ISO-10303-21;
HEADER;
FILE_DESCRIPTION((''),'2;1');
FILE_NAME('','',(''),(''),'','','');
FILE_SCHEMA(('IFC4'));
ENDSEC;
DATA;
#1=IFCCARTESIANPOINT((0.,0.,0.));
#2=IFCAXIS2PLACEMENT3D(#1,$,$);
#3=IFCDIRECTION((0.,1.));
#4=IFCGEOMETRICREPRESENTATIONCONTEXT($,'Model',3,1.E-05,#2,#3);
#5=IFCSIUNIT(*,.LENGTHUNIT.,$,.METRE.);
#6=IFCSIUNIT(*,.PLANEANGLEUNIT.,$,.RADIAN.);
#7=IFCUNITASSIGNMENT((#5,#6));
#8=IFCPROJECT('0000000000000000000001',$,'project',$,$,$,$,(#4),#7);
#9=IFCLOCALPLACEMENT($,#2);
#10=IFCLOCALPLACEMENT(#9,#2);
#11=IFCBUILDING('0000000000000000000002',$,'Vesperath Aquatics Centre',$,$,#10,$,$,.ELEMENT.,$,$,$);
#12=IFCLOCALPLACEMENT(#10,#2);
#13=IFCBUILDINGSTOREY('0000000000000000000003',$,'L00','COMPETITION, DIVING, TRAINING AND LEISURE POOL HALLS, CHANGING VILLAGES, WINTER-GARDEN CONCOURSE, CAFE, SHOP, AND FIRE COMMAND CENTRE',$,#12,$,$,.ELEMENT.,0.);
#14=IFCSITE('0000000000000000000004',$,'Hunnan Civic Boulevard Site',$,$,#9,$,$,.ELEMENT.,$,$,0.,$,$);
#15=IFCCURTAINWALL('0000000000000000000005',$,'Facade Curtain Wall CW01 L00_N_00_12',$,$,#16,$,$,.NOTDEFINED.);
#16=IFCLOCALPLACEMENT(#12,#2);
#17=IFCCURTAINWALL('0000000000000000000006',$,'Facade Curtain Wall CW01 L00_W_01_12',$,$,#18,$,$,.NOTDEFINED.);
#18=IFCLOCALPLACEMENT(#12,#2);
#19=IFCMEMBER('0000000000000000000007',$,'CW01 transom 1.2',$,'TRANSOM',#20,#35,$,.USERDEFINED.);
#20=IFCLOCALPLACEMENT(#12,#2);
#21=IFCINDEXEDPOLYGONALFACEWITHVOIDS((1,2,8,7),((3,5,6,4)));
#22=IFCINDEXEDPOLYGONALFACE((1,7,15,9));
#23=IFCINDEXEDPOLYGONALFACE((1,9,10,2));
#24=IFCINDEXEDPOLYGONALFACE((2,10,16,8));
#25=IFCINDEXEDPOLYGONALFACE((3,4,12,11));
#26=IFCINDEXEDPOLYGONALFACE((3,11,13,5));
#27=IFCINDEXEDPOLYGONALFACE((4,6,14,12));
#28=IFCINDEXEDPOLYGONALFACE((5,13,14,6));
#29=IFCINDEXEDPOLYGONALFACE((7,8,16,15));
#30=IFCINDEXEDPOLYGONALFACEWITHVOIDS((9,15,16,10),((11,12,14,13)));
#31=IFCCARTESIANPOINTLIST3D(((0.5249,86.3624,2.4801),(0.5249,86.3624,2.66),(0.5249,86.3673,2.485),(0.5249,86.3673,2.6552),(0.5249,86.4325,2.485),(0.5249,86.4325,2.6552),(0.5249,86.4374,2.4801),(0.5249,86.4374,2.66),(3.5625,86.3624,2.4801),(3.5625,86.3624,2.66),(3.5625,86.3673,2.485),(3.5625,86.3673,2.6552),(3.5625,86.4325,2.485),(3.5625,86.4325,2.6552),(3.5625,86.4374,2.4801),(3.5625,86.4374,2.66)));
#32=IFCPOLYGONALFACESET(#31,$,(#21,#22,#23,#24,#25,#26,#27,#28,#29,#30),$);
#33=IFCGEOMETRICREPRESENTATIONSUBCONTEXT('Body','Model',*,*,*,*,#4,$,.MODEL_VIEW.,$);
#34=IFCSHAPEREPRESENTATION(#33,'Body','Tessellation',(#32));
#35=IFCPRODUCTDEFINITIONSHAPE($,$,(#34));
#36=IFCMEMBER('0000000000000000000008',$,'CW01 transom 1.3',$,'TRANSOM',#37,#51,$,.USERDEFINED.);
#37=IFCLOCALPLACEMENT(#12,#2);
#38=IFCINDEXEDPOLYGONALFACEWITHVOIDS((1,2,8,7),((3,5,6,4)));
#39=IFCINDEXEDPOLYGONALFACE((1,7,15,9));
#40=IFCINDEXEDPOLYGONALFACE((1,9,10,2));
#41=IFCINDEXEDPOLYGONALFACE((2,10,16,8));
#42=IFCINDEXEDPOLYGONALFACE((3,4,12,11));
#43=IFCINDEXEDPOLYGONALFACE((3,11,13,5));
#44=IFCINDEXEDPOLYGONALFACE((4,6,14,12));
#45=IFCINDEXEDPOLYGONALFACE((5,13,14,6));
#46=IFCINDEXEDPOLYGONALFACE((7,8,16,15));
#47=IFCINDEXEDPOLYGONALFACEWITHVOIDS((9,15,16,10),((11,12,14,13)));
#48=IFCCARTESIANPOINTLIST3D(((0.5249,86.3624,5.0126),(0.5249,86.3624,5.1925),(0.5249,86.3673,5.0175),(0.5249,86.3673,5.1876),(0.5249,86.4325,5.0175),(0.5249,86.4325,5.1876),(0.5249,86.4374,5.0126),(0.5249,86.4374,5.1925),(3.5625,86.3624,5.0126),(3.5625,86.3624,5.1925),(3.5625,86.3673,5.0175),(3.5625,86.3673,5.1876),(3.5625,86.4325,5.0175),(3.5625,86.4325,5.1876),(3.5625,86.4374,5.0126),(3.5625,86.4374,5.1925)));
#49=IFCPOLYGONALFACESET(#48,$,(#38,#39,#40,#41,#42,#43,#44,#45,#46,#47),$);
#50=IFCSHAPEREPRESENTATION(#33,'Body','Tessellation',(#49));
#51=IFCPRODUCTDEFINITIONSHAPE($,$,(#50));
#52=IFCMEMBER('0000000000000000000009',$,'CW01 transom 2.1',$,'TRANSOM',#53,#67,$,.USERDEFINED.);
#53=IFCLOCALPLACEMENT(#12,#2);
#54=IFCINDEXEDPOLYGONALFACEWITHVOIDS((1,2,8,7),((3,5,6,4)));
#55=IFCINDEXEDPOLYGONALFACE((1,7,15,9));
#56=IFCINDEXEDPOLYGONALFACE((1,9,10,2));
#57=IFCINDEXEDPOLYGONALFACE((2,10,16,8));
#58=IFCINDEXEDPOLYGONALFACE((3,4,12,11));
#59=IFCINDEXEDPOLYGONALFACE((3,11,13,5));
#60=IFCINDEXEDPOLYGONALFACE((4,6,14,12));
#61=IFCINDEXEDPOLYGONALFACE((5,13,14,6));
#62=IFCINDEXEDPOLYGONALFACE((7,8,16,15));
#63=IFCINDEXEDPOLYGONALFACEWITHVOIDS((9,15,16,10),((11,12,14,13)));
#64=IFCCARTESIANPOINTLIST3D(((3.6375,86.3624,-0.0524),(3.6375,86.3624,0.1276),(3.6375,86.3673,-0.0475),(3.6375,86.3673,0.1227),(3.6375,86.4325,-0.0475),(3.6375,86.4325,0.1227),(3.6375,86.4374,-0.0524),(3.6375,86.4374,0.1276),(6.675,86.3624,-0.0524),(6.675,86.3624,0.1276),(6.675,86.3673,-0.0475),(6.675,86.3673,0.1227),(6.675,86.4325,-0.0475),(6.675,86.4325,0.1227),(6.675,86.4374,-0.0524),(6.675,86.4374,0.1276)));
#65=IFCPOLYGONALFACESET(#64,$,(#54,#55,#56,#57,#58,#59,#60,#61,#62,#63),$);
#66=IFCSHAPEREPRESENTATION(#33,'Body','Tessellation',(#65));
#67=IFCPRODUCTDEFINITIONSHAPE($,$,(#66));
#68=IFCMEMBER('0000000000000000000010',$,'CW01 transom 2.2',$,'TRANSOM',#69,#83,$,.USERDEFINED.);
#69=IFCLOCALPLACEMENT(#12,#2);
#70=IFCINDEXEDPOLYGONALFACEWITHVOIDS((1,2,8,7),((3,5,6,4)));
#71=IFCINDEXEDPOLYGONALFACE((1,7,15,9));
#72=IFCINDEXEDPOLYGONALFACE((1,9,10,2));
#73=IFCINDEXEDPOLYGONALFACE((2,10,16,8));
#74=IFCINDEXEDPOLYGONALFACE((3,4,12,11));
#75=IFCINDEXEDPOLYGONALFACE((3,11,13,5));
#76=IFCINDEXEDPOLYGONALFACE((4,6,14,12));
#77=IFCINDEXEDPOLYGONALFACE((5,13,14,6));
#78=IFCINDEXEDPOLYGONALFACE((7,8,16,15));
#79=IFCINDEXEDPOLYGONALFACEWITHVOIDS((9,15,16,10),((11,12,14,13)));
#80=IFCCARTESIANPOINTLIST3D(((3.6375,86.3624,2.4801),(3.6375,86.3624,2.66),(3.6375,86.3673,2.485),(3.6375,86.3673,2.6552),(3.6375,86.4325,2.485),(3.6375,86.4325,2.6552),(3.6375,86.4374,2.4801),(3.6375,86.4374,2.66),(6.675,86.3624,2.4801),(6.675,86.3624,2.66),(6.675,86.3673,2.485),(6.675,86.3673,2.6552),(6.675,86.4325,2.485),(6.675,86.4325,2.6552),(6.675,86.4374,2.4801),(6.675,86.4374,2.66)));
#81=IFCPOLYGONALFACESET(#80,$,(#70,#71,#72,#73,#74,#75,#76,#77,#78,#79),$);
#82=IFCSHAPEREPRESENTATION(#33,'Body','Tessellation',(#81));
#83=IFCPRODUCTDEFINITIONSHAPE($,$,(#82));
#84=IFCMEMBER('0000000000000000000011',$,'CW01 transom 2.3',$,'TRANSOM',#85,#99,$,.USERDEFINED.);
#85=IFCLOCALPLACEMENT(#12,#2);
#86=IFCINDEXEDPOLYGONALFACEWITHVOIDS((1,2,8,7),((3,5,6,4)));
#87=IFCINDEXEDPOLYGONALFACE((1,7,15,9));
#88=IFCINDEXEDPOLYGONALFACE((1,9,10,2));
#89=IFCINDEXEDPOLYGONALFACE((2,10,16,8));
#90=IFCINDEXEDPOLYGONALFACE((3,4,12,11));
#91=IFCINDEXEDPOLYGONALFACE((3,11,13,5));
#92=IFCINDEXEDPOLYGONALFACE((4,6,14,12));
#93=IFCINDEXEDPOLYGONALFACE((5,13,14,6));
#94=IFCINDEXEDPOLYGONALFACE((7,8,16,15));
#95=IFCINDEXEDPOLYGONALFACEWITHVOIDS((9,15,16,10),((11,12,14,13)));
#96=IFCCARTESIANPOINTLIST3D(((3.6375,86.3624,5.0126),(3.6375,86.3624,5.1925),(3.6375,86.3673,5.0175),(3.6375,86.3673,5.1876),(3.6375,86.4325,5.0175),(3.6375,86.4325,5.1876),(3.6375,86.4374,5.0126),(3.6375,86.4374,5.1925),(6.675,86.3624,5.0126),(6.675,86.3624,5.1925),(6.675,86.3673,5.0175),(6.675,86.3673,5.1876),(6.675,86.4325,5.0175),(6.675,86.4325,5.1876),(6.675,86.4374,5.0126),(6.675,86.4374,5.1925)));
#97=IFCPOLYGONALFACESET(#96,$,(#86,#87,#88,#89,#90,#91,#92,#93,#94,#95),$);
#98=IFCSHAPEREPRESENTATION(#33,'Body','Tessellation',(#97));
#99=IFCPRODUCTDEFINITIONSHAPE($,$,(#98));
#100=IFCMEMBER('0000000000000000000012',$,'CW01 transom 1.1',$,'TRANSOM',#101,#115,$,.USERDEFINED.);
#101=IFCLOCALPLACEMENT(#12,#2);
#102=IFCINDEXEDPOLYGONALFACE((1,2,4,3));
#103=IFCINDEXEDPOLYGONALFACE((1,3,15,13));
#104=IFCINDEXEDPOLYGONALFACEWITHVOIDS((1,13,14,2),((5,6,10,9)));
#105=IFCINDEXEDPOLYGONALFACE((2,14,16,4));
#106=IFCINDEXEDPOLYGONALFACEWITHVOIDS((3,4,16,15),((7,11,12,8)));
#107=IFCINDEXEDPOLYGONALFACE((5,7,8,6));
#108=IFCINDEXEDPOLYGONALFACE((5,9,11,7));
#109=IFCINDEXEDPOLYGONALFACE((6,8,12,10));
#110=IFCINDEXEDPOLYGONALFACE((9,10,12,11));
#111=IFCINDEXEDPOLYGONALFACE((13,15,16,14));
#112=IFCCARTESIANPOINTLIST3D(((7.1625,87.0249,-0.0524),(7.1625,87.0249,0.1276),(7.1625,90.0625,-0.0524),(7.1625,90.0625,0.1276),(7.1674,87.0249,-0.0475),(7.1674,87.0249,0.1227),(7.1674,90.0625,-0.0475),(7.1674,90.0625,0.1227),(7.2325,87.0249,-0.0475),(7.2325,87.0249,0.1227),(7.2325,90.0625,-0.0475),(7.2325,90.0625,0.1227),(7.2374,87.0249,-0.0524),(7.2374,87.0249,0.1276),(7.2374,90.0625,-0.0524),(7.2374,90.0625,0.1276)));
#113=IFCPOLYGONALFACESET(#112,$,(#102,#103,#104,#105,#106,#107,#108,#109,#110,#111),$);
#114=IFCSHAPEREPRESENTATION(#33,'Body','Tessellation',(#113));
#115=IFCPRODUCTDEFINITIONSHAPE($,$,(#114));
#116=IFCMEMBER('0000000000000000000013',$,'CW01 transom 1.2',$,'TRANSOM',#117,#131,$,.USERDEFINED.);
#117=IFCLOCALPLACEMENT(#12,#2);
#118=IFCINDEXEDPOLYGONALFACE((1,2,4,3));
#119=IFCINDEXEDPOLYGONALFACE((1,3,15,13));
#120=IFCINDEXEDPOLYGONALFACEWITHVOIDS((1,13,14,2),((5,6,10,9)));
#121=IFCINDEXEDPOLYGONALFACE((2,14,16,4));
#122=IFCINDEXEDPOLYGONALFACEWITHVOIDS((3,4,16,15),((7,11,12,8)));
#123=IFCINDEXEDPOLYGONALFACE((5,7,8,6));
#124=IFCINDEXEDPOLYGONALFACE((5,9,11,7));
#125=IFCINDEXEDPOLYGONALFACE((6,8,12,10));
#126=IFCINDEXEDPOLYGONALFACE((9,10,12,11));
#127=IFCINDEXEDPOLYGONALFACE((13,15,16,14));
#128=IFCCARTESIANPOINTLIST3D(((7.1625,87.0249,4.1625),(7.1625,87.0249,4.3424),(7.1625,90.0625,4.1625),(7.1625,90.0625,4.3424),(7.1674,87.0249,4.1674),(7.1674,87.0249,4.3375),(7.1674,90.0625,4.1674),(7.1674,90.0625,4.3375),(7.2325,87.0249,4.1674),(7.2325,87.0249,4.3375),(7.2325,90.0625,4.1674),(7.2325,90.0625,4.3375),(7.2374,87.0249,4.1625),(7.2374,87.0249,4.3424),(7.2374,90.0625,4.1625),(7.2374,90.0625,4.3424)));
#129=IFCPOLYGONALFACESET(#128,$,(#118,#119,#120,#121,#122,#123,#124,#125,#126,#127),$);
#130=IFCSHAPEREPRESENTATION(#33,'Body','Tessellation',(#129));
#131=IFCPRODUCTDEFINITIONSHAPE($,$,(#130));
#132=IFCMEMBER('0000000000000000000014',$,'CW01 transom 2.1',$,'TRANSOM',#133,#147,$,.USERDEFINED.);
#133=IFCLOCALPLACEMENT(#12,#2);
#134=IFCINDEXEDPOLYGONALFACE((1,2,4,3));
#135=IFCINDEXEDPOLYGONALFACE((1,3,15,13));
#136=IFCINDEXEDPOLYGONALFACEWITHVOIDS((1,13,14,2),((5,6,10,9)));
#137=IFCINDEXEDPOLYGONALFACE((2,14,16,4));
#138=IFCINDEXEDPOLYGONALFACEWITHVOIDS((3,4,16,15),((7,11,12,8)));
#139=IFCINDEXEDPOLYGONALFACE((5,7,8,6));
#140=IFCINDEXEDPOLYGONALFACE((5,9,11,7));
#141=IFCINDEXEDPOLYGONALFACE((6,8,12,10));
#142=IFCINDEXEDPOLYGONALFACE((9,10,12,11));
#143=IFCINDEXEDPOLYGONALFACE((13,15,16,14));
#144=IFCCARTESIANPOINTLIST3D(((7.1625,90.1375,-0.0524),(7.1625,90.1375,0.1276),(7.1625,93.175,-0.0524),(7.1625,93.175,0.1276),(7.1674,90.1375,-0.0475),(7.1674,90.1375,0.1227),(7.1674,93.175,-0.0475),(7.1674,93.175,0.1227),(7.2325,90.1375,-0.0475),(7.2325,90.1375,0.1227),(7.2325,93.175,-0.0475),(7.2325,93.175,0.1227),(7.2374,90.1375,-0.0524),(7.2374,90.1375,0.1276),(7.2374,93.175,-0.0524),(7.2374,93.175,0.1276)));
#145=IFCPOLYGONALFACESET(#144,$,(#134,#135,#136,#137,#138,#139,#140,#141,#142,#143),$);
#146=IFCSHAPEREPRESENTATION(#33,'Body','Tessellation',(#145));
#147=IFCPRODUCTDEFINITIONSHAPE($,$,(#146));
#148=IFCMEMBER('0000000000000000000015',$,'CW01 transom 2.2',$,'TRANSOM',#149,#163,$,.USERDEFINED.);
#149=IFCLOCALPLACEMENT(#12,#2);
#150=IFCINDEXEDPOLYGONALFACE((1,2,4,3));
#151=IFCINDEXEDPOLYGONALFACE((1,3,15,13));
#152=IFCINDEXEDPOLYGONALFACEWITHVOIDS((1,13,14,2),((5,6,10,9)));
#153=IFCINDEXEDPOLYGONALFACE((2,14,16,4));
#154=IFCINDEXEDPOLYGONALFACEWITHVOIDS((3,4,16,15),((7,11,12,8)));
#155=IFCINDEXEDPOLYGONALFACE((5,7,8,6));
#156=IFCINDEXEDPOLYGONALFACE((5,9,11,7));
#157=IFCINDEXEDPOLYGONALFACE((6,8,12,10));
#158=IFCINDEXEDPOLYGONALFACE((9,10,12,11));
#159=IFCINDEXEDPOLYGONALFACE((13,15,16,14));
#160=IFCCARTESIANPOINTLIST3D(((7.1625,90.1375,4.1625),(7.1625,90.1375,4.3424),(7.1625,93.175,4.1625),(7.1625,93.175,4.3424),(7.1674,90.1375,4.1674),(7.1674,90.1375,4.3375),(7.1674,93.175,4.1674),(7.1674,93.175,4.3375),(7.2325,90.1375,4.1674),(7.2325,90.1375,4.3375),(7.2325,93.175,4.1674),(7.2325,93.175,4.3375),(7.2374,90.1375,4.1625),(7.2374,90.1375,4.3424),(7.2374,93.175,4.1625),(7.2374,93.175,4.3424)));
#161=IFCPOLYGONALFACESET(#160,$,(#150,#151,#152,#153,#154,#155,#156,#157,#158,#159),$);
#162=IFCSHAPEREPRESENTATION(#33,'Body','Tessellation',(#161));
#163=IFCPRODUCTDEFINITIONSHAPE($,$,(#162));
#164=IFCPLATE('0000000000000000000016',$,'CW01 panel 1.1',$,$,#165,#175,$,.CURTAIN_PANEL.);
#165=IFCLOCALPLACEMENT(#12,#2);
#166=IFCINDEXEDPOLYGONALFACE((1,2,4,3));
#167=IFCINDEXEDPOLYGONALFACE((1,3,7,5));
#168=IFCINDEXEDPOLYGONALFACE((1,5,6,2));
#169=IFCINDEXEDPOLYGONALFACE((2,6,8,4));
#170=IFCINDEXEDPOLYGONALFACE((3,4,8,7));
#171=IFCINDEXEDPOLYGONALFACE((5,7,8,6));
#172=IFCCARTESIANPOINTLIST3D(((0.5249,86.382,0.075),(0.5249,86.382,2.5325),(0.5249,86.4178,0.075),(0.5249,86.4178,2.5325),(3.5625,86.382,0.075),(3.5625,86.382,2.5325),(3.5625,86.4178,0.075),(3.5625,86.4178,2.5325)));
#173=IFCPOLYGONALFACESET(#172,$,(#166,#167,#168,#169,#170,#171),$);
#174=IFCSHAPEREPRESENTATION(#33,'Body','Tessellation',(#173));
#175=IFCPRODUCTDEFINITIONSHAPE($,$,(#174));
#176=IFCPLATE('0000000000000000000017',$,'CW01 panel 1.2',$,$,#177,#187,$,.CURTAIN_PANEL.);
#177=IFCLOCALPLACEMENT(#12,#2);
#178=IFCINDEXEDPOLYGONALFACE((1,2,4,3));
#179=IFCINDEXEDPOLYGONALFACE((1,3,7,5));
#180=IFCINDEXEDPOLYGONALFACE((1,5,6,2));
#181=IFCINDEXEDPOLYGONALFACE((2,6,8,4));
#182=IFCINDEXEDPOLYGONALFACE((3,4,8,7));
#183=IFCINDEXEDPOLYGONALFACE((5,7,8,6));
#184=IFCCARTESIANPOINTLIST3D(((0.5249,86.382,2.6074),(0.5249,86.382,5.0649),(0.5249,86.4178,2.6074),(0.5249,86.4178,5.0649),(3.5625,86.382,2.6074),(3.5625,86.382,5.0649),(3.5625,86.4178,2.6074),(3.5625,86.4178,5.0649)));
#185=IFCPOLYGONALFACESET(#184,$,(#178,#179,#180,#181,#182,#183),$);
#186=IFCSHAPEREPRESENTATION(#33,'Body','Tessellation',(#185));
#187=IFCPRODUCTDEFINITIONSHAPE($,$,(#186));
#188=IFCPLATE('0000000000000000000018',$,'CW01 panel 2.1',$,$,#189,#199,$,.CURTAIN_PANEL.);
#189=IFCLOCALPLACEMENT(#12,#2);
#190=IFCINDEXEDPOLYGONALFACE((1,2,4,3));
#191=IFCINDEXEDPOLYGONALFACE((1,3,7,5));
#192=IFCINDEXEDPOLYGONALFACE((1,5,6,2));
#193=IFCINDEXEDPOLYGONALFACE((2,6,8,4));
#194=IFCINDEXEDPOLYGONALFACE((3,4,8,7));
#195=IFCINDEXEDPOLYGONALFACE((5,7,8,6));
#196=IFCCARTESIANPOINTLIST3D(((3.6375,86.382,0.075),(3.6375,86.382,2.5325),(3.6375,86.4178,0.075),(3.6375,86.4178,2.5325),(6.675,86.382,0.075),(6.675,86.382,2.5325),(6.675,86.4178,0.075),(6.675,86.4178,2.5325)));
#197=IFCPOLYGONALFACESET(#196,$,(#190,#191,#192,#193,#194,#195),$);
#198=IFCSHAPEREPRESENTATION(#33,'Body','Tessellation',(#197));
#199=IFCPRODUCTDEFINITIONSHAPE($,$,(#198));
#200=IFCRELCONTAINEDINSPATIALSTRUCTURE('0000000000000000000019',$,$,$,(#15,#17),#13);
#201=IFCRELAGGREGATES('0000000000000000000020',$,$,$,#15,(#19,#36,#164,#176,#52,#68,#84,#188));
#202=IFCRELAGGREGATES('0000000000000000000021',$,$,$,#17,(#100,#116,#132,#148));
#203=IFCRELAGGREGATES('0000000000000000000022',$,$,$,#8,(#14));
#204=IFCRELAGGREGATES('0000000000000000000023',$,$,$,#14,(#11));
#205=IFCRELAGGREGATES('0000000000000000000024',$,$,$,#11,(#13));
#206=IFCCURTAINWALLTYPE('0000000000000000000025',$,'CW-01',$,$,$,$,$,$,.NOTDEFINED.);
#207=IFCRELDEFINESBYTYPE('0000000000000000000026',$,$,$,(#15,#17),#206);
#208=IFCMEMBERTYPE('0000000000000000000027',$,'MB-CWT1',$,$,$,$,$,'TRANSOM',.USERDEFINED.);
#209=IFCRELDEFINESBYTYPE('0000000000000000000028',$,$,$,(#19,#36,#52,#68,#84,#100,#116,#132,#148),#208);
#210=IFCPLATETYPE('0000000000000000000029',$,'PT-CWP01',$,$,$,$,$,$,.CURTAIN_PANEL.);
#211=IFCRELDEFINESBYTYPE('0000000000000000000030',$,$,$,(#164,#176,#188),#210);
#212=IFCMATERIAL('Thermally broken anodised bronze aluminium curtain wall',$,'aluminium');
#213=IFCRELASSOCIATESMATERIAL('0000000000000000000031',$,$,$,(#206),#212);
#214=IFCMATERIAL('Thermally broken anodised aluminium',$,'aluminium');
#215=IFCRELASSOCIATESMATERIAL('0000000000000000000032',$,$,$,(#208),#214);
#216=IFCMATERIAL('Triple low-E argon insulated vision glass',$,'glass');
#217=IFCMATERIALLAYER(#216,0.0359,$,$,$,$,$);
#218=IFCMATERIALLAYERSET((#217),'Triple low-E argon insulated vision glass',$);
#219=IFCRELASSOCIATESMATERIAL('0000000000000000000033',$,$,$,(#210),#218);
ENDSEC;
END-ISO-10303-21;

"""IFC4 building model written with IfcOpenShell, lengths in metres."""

from ifc_helpers import new_model, si_unit, direction, frame, origin, origin_2d, place, context, subcontext, project, spatial, rectangle, hollow_rectangle, extrude, material, layer, layer_set, material_profile, profile_set, type_object, element, aggregate, save


model = new_model("IFC4")

# Units and contexts
model_context = context("Model", 3, precision=1e-05, world=origin(), true_north=direction((0.0, 1.0)))
body_context = subcontext(model_context, "Body", "Model", "MODEL_VIEW")
ifc_project = project(units=[si_unit("LENGTHUNIT", "METRE"), si_unit("PLANEANGLEUNIT", "RADIAN")], contexts=[model_context])

# Site, building, storey
site_placement = place(None, origin())
site = spatial("IfcSite", under=ifc_project, at=site_placement, Name="Hunnan Civic Boulevard Site", CompositionType="ELEMENT", RefElevation=0.0)
building_placement = place(site_placement, origin())
building = spatial("IfcBuilding", under=site, at=building_placement, Name="Vesperath Aquatics Centre", CompositionType="ELEMENT")
storey_placement = place(building_placement, origin())
storey = spatial("IfcBuildingStorey", under=building, at=storey_placement, Name="L00", Description="COMPETITION, DIVING, TRAINING AND LEISURE POOL HALLS, CHANGING VILLAGES, WINTER-GARDEN CONCOURSE, CAFE, SHOP, AND FIRE COMMAND CENTRE", CompositionType="ELEMENT", Elevation=0.0)

# Curtain walls
ifc_material_1 = material(Name="Thermally broken anodised bronze aluminium curtain wall", Category="aluminium")
curtain_wall_type = type_object("IfcCurtainWallType", Name="CW-01", PredefinedType="NOTDEFINED", material=ifc_material_1)
curtain_wall_1_placement = place(storey_placement, origin())
curtain_wall_1 = element("IfcCurtainWall", 1, at=curtain_wall_1_placement, inside=storey, type_object=curtain_wall_type, Name="Facade Curtain Wall CW01 L00_N_00_12", PredefinedType="NOTDEFINED")
ifc_material_2 = material(Name="Thermally broken anodised aluminium", Category="aluminium")
curtain_wall_2_placement = place(storey_placement, origin())
curtain_wall_2 = element("IfcCurtainWall", 2, at=curtain_wall_2_placement, inside=storey, type_object=curtain_wall_type, Name="Facade Curtain Wall CW01 L00_W_01_12", PredefinedType="NOTDEFINED")

# Members
ifc_material_profile_1 = material_profile(ifc_material_2, hollow_rectangle(XDim=0.075, YDim=0.1799, WallThickness=0.0049, at=origin_2d()), Name="CWT 75x180x5")
ifc_profile_set_1 = profile_set([ifc_material_profile_1], Name="Thermally broken anodised aluminium")
member_type_1 = type_object("IfcMemberType", Name="MB-CWT1", ElementType="TRANSOM", PredefinedType="USERDEFINED", material=ifc_profile_set_1)
member_1_placement = place(storey_placement, frame((0.5249, 86.3999, 2.5701), z_axis=(1.0, 0.0, 0.0), x_axis=(0.0, 1.0, 0.0)))
member_1 = element("IfcMember", 3, at=member_1_placement, type_object=member_type_1, Name="CW01 transom 1.2", ObjectType="TRANSOM", PredefinedType="USERDEFINED", context=body_context, shape_type="SweptSolid", body=[
    extrude(hollow_rectangle(XDim=0.075, YDim=0.1799, WallThickness=0.0049, at=origin_2d()), origin(), (0.0, 0.0, 1.0), 3.0376),
])
member_2_placement = place(storey_placement, frame((0.5249, 86.3999, 5.1025), z_axis=(1.0, 0.0, 0.0), x_axis=(0.0, 1.0, 0.0)))
member_2 = element("IfcMember", 4, at=member_2_placement, type_object=member_type_1, Name="CW01 transom 1.3", ObjectType="TRANSOM", PredefinedType="USERDEFINED", context=body_context, shape_type="SweptSolid", body=[
    extrude(hollow_rectangle(XDim=0.075, YDim=0.1799, WallThickness=0.0049, at=origin_2d()), origin(), (0.0, 0.0, 1.0), 3.0376),
])
member_3_placement = place(storey_placement, frame((3.6375, 86.3999, 0.0376), z_axis=(1.0, 0.0, 0.0), x_axis=(0.0, 1.0, 0.0)))
member_3 = element("IfcMember", 5, at=member_3_placement, type_object=member_type_1, Name="CW01 transom 2.1", ObjectType="TRANSOM", PredefinedType="USERDEFINED", context=body_context, shape_type="SweptSolid", body=[
    extrude(hollow_rectangle(XDim=0.075, YDim=0.1799, WallThickness=0.0049, at=origin_2d()), origin(), (0.0, 0.0, 1.0), 3.0376),
])
member_4_placement = place(storey_placement, frame((3.6375, 86.3999, 2.5701), z_axis=(1.0, 0.0, 0.0), x_axis=(0.0, 1.0, 0.0)))
member_4 = element("IfcMember", 6, at=member_4_placement, type_object=member_type_1, Name="CW01 transom 2.2", ObjectType="TRANSOM", PredefinedType="USERDEFINED", context=body_context, shape_type="SweptSolid", body=[
    extrude(hollow_rectangle(XDim=0.075, YDim=0.1799, WallThickness=0.0049, at=origin_2d()), origin(), (0.0, 0.0, 1.0), 3.0376),
])
member_5_placement = place(storey_placement, frame((3.6375, 86.3999, 5.1025), z_axis=(1.0, 0.0, 0.0), x_axis=(0.0, 1.0, 0.0)))
member_5 = element("IfcMember", 7, at=member_5_placement, type_object=member_type_1, Name="CW01 transom 2.3", ObjectType="TRANSOM", PredefinedType="USERDEFINED", context=body_context, shape_type="SweptSolid", body=[
    extrude(hollow_rectangle(XDim=0.075, YDim=0.1799, WallThickness=0.0049, at=origin_2d()), origin(), (0.0, 0.0, 1.0), 3.0376),
])
member_6_placement = place(storey_placement, frame((7.2, 87.0249, 0.0376), z_axis=(0.0, 1.0, 0.0), x_axis=(-1.0, 0.0, 0.0)))
member_6 = element("IfcMember", 8, at=member_6_placement, type_object=member_type_1, Name="CW01 transom 1.1", ObjectType="TRANSOM", PredefinedType="USERDEFINED", context=body_context, shape_type="SweptSolid", body=[
    extrude(hollow_rectangle(XDim=0.075, YDim=0.1799, WallThickness=0.0049, at=origin_2d()), origin(), (0.0, 0.0, 1.0), 3.0376),
])
member_7_placement = place(storey_placement, frame((7.2, 87.0249, 4.2524), z_axis=(0.0, 1.0, 0.0), x_axis=(-1.0, 0.0, 0.0)))
member_7 = element("IfcMember", 9, at=member_7_placement, type_object=member_type_1, Name="CW01 transom 1.2", ObjectType="TRANSOM", PredefinedType="USERDEFINED", context=body_context, shape_type="SweptSolid", body=[
    extrude(hollow_rectangle(XDim=0.075, YDim=0.1799, WallThickness=0.0049, at=origin_2d()), origin(), (0.0, 0.0, 1.0), 3.0376),
])
member_8_placement = place(storey_placement, frame((7.2, 90.1375, 0.0376), z_axis=(0.0, 1.0, 0.0), x_axis=(-1.0, 0.0, 0.0)))
member_8 = element("IfcMember", 10, at=member_8_placement, type_object=member_type_1, Name="CW01 transom 2.1", ObjectType="TRANSOM", PredefinedType="USERDEFINED", context=body_context, shape_type="SweptSolid", body=[
    extrude(hollow_rectangle(XDim=0.075, YDim=0.1799, WallThickness=0.0049, at=origin_2d()), origin(), (0.0, 0.0, 1.0), 3.0376),
])
member_9_placement = place(storey_placement, frame((7.2, 90.1375, 4.2524), z_axis=(0.0, 1.0, 0.0), x_axis=(-1.0, 0.0, 0.0)))
member_9 = element("IfcMember", 11, at=member_9_placement, type_object=member_type_1, Name="CW01 transom 2.2", ObjectType="TRANSOM", PredefinedType="USERDEFINED", context=body_context, shape_type="SweptSolid", body=[
    extrude(hollow_rectangle(XDim=0.075, YDim=0.1799, WallThickness=0.0049, at=origin_2d()), origin(), (0.0, 0.0, 1.0), 3.0376),
])

# Plates
ifc_material_3 = material(Name="Triple low-E argon insulated vision glass", Category="glass")
ifc_layer_1 = layer(ifc_material_3, 0.0359)
ifc_layer_set_1 = layer_set([ifc_layer_1], Name="Triple low-E argon insulated vision glass")
plate_type = type_object("IfcPlateType", Name="PT-CWP01", PredefinedType="CURTAIN_PANEL", material=ifc_layer_set_1)
plate_1_placement = place(storey_placement, frame((2.0437, 86.3999, 0.075), z_axis=(0.0, 0.0, 1.0), x_axis=(1.0, 0.0, 0.0)))
plate_1 = element("IfcPlate", 12, at=plate_1_placement, type_object=plate_type, Name="CW01 panel 1.1", PredefinedType="CURTAIN_PANEL", context=body_context, shape_type="SweptSolid", body=[
    extrude(rectangle(XDim=3.0376, YDim=0.0359, at=origin_2d()), origin(), (0.0, 0.0, 1.0), 2.4575),
])
plate_2_placement = place(storey_placement, frame((2.0437, 86.3999, 2.6074), z_axis=(0.0, 0.0, 1.0), x_axis=(1.0, 0.0, 0.0)))
plate_2 = element("IfcPlate", 13, at=plate_2_placement, type_object=plate_type, Name="CW01 panel 1.2", PredefinedType="CURTAIN_PANEL", context=body_context, shape_type="SweptSolid", body=[
    extrude(rectangle(XDim=3.0376, YDim=0.0359, at=origin_2d()), origin(), (0.0, 0.0, 1.0), 2.4575),
])
plate_3_placement = place(storey_placement, frame((5.1562, 86.3999, 0.075), z_axis=(0.0, 0.0, 1.0), x_axis=(1.0, 0.0, 0.0)))
plate_3 = element("IfcPlate", 14, at=plate_3_placement, type_object=plate_type, Name="CW01 panel 2.1", PredefinedType="CURTAIN_PANEL", context=body_context, shape_type="SweptSolid", body=[
    extrude(rectangle(XDim=3.0376, YDim=0.0359, at=origin_2d()), origin(), (0.0, 0.0, 1.0), 2.4575),
])
aggregate(curtain_wall_1, [member_1, member_2, plate_1, plate_2, member_3, member_4, member_5, plate_3])
aggregate(curtain_wall_2, [member_6, member_7, member_8, member_9])

save(model, "model.ifc")
